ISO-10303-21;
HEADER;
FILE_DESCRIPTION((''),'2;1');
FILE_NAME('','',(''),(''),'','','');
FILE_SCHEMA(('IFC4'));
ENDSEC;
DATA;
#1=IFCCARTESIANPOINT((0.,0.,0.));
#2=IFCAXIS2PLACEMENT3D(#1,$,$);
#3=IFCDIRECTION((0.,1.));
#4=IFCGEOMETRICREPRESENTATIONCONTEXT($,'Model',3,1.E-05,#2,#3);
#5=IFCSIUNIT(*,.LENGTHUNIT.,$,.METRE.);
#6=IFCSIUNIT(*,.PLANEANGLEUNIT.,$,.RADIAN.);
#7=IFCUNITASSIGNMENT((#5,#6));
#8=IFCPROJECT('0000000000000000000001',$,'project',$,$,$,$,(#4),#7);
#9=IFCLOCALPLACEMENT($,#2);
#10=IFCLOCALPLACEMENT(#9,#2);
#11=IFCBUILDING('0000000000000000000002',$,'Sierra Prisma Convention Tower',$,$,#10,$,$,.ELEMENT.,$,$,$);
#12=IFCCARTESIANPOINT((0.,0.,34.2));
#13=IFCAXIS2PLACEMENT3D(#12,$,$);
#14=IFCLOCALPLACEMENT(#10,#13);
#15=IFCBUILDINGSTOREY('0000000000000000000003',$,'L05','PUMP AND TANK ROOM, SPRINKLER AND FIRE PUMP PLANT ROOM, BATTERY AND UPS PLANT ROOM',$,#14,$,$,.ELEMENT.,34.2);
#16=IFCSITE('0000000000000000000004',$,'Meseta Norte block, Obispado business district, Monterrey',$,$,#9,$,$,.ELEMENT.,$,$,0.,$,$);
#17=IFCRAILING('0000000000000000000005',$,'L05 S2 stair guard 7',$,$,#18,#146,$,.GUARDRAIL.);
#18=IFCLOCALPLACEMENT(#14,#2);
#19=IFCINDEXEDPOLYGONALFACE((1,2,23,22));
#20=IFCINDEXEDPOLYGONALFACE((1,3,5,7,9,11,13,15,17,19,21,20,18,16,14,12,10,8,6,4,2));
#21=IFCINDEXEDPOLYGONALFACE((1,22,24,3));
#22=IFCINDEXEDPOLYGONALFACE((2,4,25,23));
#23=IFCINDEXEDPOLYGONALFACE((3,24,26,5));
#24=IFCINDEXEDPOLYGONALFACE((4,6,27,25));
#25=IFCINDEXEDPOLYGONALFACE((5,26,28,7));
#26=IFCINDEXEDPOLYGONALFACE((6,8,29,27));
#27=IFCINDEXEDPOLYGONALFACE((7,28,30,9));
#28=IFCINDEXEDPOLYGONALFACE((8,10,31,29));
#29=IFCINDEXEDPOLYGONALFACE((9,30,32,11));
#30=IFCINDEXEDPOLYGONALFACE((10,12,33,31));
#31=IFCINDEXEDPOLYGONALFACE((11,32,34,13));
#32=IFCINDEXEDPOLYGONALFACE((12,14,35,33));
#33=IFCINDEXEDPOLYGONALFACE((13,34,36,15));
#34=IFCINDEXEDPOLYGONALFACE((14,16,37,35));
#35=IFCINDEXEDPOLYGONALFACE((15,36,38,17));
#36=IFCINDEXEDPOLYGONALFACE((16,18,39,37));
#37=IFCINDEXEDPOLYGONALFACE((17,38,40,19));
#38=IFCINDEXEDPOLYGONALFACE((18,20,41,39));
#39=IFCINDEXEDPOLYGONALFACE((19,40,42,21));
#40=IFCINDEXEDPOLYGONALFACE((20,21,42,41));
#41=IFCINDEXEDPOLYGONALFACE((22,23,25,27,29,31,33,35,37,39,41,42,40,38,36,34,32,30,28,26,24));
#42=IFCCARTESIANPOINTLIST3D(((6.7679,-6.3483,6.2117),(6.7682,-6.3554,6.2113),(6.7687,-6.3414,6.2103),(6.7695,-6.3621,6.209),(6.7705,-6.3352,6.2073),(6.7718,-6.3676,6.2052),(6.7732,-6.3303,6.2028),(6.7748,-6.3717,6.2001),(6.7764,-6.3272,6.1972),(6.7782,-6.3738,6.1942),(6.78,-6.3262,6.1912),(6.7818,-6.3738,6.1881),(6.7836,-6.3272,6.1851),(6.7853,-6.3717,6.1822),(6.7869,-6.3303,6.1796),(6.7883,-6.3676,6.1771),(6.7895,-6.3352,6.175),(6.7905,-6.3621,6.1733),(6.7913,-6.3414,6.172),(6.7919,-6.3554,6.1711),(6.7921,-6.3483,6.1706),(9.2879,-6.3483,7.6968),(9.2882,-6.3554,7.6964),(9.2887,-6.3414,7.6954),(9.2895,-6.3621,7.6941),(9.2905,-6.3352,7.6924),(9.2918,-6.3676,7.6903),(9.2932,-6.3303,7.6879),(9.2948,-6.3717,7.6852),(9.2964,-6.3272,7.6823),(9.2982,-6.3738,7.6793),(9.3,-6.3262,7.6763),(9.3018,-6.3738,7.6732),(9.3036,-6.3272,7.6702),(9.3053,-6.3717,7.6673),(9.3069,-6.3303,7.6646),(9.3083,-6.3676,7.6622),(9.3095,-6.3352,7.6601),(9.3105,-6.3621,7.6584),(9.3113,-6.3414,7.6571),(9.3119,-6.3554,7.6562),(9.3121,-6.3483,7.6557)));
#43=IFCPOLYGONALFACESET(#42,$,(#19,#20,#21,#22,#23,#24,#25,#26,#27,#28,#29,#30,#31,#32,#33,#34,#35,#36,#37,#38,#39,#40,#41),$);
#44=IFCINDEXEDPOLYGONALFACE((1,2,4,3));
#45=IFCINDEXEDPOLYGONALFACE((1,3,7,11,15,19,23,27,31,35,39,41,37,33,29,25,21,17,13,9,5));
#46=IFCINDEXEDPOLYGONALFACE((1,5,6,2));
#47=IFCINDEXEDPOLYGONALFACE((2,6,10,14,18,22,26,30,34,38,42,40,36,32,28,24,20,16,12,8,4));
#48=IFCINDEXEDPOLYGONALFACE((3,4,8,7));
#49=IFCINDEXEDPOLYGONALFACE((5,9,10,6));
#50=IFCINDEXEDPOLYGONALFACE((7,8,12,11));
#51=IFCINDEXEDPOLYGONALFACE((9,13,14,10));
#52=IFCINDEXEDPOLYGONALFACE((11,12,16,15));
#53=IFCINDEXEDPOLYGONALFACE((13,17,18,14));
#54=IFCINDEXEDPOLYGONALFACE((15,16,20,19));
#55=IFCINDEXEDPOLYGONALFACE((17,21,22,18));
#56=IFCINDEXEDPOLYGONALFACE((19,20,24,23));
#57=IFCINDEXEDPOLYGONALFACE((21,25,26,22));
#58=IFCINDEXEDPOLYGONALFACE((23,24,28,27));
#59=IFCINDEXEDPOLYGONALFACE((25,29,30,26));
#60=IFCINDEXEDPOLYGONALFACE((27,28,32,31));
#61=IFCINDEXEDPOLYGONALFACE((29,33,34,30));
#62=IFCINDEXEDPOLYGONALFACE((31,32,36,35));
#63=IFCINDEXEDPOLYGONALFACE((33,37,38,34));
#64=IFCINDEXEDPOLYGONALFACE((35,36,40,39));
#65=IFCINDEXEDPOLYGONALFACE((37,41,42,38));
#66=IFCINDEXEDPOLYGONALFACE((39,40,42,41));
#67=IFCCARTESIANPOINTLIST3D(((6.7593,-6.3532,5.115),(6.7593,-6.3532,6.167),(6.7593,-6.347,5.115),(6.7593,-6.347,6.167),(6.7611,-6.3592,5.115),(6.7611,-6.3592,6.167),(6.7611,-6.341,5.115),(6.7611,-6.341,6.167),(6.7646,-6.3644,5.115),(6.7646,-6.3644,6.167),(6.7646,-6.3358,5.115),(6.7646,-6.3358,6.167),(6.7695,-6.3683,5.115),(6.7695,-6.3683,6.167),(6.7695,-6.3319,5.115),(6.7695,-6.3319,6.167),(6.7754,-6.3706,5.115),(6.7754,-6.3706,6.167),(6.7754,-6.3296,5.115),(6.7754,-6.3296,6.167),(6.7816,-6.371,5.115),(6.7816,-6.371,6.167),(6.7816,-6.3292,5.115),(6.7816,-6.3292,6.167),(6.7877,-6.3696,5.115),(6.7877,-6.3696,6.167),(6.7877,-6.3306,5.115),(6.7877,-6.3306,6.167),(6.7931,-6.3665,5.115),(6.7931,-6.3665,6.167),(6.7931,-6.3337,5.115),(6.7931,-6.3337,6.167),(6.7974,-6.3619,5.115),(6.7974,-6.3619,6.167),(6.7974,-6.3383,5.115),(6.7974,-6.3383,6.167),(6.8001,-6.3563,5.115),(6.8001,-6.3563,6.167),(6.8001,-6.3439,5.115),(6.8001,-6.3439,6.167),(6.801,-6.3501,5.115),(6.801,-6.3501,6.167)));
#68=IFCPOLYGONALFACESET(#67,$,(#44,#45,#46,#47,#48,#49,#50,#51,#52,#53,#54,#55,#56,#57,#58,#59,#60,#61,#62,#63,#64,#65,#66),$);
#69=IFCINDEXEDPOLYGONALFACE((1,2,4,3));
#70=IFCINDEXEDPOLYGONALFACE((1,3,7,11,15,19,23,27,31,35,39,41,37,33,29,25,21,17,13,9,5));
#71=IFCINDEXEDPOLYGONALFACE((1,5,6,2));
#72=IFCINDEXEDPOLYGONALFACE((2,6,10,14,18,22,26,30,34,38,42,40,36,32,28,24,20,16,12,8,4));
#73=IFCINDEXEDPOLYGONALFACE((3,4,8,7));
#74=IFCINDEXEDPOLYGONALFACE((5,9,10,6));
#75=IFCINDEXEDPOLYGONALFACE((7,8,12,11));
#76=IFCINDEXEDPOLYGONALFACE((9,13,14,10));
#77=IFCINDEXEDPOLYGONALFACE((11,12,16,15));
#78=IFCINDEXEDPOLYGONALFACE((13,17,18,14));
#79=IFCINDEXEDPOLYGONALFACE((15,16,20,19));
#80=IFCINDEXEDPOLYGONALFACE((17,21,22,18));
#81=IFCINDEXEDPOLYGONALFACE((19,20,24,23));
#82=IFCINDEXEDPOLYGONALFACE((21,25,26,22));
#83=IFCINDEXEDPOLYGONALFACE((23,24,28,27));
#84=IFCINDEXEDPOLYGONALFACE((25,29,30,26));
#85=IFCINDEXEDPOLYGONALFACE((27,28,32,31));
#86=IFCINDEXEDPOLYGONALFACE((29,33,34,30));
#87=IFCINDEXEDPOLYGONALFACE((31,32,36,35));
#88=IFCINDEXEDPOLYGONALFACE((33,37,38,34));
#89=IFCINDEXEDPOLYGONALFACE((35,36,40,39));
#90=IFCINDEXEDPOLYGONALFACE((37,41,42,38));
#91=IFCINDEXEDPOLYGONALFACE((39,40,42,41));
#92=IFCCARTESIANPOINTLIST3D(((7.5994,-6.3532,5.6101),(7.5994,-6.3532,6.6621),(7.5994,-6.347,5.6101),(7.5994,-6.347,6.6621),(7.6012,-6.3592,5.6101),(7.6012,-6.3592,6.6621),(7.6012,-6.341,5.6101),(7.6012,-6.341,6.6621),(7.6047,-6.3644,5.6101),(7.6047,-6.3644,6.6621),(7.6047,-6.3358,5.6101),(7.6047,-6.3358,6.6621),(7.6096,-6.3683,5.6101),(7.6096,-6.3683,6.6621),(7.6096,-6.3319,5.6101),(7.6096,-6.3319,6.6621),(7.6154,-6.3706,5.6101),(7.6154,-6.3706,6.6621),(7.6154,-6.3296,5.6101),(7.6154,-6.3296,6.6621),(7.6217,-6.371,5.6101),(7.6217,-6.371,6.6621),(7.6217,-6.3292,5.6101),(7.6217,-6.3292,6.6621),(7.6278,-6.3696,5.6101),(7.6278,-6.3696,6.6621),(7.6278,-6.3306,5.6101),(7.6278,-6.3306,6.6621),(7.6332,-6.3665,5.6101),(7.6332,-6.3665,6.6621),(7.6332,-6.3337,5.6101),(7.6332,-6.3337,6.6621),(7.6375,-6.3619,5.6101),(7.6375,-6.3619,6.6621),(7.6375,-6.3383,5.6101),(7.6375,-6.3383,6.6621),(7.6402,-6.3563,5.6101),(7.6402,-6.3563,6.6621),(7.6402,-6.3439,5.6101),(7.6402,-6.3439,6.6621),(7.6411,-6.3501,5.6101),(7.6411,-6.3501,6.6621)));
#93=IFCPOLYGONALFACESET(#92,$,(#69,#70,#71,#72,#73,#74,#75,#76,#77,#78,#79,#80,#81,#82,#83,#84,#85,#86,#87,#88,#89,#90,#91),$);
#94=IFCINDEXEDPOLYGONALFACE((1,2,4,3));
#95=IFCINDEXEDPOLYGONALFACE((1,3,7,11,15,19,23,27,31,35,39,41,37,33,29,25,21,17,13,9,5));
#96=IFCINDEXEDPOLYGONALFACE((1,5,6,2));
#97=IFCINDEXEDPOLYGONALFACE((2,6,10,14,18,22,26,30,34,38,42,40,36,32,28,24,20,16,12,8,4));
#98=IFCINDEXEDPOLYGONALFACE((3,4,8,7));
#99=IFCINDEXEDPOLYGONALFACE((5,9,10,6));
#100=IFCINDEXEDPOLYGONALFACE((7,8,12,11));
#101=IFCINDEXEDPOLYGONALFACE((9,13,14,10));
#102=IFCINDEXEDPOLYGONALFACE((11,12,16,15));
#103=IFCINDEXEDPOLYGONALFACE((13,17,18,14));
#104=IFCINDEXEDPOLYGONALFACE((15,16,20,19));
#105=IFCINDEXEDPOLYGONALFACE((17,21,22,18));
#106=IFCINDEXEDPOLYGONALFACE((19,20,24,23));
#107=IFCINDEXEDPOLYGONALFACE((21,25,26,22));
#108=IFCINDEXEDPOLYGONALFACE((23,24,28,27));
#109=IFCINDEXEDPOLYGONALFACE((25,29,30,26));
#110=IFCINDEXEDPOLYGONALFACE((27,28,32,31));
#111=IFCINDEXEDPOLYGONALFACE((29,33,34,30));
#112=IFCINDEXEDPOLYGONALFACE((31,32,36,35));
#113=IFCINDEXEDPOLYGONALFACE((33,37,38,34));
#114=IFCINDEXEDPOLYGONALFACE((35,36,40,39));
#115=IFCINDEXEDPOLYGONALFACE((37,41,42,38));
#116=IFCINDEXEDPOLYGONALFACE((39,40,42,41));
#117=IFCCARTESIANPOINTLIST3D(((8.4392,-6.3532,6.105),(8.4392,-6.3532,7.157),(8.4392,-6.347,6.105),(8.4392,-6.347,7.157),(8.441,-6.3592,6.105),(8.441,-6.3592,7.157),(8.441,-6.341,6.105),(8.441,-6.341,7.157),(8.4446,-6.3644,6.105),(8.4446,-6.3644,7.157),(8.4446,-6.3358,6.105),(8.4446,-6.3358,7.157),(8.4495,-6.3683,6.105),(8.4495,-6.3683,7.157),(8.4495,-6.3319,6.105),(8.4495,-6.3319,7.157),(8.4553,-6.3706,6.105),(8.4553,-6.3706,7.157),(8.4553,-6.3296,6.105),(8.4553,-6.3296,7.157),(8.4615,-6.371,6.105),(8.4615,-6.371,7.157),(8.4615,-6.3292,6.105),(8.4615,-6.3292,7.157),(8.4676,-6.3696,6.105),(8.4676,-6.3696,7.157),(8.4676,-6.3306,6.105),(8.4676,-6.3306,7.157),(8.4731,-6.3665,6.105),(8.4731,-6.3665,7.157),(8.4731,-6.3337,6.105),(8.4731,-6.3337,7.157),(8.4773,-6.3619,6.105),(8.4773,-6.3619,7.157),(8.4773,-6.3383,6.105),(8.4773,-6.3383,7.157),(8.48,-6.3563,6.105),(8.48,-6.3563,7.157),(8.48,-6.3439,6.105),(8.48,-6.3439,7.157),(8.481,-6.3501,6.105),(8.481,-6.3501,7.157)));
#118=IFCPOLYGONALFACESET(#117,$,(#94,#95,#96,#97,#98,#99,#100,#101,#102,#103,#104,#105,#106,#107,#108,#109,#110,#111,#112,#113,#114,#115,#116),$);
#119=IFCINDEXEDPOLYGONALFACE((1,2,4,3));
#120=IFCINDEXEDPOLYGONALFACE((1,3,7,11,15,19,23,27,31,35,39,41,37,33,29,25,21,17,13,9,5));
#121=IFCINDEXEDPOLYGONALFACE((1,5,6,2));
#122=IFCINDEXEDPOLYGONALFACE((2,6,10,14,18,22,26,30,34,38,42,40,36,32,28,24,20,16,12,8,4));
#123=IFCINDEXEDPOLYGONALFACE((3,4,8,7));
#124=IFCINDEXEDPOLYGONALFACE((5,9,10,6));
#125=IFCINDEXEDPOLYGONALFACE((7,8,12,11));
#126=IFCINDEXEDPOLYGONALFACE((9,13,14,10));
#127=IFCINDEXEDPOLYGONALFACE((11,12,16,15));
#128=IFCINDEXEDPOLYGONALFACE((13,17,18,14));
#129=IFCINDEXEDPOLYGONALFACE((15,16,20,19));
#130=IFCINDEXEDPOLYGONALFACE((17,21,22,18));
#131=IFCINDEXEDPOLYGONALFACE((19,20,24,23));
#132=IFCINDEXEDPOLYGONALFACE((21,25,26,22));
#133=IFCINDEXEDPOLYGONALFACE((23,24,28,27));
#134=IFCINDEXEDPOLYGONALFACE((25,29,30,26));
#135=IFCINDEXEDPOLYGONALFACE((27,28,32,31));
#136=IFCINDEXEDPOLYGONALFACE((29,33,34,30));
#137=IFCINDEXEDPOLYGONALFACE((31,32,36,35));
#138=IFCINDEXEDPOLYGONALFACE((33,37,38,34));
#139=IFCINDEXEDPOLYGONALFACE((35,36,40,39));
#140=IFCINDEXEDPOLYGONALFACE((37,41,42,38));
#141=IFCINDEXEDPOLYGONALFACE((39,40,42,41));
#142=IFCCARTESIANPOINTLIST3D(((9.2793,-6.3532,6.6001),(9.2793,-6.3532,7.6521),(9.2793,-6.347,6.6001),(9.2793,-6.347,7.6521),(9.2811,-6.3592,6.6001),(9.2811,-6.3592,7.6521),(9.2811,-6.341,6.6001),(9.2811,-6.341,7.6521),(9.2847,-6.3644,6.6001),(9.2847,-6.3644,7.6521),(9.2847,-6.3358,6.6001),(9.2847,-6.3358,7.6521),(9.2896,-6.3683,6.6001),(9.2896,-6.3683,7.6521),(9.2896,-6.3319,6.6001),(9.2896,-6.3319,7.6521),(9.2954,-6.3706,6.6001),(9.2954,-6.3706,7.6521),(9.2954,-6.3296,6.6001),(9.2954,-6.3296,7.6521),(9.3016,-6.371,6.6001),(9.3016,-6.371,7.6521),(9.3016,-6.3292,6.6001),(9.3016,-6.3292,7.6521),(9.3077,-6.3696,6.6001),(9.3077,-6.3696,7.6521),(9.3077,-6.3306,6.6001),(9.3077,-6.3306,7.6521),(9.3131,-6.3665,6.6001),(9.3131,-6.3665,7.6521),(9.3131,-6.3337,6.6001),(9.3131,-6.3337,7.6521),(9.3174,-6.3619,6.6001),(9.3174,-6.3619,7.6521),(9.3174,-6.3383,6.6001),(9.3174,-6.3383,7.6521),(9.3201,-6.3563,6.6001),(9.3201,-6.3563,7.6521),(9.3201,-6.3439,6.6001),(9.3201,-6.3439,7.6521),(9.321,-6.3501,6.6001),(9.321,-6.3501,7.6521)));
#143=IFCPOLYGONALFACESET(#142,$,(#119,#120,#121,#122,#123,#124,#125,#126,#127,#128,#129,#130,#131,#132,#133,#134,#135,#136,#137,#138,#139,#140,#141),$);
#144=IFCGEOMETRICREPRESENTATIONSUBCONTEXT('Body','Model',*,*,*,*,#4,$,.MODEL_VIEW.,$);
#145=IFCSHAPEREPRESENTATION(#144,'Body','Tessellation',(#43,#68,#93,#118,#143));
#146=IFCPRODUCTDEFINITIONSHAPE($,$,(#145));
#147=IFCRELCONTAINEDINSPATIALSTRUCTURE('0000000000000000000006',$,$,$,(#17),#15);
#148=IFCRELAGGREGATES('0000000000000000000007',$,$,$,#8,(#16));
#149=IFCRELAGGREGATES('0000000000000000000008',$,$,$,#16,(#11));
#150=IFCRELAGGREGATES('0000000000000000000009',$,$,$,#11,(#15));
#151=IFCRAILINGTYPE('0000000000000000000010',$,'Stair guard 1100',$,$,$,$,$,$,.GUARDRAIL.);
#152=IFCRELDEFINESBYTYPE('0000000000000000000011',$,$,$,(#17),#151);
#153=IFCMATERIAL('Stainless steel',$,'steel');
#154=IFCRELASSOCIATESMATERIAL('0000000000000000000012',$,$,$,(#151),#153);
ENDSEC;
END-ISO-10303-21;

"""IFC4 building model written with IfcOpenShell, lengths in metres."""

from ifc_helpers import new_model, si_unit, direction, frame, origin, origin_2d, place, context, subcontext, project, spatial, circle, extrude, material, type_object, element, save


model = new_model("IFC4")

# Units and contexts
model_context = context("Model", 3, precision=1e-05, world=origin(), true_north=direction((0.0, 1.0)))
body_context = subcontext(model_context, "Body", "Model", "MODEL_VIEW")
ifc_project = project(units=[si_unit("LENGTHUNIT", "METRE"), si_unit("PLANEANGLEUNIT", "RADIAN")], contexts=[model_context])

# Site, building, storey
site_placement = place(None, origin())
site = spatial("IfcSite", under=ifc_project, at=site_placement, Name="Meseta Norte block, Obispado business district, Monterrey", CompositionType="ELEMENT", RefElevation=0.0)
building_placement = place(site_placement, origin())
building = spatial("IfcBuilding", under=site, at=building_placement, Name="Sierra Prisma Convention Tower", CompositionType="ELEMENT")
storey_placement = place(building_placement, frame((0.0, 0.0, 34.2)))
storey = spatial("IfcBuildingStorey", under=building, at=storey_placement, Name="L05", Description="PUMP AND TANK ROOM, SPRINKLER AND FIRE PUMP PLANT ROOM, BATTERY AND UPS PLANT ROOM", CompositionType="ELEMENT", Elevation=34.2)

# Railing
ifc_material_1 = material(Name="Stainless steel", Category="steel")
railing_type_1 = type_object("IfcRailingType", Name="Stair guard 1100", PredefinedType="GUARDRAIL", material=ifc_material_1)
railing_1_placement = place(storey_placement, frame((6.78, -6.3501, 5.115)))
element("IfcRailing", 1, at=railing_1_placement, inside=storey, type_object=railing_type_1, Name="L05 S2 stair guard 7", PredefinedType="GUARDRAIL", context=body_context, shape_type="SweptSolid", body=[
    extrude(circle(Radius=0.0239, at=origin_2d()), frame((0.0, 0.0, 1.0762), z_axis=(0.861524, 0.0, 0.507717), x_axis=(0.0, 1.0, 0.0)), (0.0, 0.0, 1.0), 2.925),
    extrude(circle(Radius=0.021, at=origin_2d()), origin(), (0.0, 0.0, 1.0), 1.052),
    extrude(circle(Radius=0.021, at=origin_2d()), frame((0.8401, 0.0, 0.4951)), (0.0, 0.0, 1.0), 1.052),
    extrude(circle(Radius=0.021, at=origin_2d()), frame((1.6799, 0.0, 0.99)), (0.0, 0.0, 1.0), 1.052),
    extrude(circle(Radius=0.021, at=origin_2d()), frame((2.52, 0.0, 1.4851)), (0.0, 0.0, 1.0), 1.052),
])

save(model, "model.ifc")
